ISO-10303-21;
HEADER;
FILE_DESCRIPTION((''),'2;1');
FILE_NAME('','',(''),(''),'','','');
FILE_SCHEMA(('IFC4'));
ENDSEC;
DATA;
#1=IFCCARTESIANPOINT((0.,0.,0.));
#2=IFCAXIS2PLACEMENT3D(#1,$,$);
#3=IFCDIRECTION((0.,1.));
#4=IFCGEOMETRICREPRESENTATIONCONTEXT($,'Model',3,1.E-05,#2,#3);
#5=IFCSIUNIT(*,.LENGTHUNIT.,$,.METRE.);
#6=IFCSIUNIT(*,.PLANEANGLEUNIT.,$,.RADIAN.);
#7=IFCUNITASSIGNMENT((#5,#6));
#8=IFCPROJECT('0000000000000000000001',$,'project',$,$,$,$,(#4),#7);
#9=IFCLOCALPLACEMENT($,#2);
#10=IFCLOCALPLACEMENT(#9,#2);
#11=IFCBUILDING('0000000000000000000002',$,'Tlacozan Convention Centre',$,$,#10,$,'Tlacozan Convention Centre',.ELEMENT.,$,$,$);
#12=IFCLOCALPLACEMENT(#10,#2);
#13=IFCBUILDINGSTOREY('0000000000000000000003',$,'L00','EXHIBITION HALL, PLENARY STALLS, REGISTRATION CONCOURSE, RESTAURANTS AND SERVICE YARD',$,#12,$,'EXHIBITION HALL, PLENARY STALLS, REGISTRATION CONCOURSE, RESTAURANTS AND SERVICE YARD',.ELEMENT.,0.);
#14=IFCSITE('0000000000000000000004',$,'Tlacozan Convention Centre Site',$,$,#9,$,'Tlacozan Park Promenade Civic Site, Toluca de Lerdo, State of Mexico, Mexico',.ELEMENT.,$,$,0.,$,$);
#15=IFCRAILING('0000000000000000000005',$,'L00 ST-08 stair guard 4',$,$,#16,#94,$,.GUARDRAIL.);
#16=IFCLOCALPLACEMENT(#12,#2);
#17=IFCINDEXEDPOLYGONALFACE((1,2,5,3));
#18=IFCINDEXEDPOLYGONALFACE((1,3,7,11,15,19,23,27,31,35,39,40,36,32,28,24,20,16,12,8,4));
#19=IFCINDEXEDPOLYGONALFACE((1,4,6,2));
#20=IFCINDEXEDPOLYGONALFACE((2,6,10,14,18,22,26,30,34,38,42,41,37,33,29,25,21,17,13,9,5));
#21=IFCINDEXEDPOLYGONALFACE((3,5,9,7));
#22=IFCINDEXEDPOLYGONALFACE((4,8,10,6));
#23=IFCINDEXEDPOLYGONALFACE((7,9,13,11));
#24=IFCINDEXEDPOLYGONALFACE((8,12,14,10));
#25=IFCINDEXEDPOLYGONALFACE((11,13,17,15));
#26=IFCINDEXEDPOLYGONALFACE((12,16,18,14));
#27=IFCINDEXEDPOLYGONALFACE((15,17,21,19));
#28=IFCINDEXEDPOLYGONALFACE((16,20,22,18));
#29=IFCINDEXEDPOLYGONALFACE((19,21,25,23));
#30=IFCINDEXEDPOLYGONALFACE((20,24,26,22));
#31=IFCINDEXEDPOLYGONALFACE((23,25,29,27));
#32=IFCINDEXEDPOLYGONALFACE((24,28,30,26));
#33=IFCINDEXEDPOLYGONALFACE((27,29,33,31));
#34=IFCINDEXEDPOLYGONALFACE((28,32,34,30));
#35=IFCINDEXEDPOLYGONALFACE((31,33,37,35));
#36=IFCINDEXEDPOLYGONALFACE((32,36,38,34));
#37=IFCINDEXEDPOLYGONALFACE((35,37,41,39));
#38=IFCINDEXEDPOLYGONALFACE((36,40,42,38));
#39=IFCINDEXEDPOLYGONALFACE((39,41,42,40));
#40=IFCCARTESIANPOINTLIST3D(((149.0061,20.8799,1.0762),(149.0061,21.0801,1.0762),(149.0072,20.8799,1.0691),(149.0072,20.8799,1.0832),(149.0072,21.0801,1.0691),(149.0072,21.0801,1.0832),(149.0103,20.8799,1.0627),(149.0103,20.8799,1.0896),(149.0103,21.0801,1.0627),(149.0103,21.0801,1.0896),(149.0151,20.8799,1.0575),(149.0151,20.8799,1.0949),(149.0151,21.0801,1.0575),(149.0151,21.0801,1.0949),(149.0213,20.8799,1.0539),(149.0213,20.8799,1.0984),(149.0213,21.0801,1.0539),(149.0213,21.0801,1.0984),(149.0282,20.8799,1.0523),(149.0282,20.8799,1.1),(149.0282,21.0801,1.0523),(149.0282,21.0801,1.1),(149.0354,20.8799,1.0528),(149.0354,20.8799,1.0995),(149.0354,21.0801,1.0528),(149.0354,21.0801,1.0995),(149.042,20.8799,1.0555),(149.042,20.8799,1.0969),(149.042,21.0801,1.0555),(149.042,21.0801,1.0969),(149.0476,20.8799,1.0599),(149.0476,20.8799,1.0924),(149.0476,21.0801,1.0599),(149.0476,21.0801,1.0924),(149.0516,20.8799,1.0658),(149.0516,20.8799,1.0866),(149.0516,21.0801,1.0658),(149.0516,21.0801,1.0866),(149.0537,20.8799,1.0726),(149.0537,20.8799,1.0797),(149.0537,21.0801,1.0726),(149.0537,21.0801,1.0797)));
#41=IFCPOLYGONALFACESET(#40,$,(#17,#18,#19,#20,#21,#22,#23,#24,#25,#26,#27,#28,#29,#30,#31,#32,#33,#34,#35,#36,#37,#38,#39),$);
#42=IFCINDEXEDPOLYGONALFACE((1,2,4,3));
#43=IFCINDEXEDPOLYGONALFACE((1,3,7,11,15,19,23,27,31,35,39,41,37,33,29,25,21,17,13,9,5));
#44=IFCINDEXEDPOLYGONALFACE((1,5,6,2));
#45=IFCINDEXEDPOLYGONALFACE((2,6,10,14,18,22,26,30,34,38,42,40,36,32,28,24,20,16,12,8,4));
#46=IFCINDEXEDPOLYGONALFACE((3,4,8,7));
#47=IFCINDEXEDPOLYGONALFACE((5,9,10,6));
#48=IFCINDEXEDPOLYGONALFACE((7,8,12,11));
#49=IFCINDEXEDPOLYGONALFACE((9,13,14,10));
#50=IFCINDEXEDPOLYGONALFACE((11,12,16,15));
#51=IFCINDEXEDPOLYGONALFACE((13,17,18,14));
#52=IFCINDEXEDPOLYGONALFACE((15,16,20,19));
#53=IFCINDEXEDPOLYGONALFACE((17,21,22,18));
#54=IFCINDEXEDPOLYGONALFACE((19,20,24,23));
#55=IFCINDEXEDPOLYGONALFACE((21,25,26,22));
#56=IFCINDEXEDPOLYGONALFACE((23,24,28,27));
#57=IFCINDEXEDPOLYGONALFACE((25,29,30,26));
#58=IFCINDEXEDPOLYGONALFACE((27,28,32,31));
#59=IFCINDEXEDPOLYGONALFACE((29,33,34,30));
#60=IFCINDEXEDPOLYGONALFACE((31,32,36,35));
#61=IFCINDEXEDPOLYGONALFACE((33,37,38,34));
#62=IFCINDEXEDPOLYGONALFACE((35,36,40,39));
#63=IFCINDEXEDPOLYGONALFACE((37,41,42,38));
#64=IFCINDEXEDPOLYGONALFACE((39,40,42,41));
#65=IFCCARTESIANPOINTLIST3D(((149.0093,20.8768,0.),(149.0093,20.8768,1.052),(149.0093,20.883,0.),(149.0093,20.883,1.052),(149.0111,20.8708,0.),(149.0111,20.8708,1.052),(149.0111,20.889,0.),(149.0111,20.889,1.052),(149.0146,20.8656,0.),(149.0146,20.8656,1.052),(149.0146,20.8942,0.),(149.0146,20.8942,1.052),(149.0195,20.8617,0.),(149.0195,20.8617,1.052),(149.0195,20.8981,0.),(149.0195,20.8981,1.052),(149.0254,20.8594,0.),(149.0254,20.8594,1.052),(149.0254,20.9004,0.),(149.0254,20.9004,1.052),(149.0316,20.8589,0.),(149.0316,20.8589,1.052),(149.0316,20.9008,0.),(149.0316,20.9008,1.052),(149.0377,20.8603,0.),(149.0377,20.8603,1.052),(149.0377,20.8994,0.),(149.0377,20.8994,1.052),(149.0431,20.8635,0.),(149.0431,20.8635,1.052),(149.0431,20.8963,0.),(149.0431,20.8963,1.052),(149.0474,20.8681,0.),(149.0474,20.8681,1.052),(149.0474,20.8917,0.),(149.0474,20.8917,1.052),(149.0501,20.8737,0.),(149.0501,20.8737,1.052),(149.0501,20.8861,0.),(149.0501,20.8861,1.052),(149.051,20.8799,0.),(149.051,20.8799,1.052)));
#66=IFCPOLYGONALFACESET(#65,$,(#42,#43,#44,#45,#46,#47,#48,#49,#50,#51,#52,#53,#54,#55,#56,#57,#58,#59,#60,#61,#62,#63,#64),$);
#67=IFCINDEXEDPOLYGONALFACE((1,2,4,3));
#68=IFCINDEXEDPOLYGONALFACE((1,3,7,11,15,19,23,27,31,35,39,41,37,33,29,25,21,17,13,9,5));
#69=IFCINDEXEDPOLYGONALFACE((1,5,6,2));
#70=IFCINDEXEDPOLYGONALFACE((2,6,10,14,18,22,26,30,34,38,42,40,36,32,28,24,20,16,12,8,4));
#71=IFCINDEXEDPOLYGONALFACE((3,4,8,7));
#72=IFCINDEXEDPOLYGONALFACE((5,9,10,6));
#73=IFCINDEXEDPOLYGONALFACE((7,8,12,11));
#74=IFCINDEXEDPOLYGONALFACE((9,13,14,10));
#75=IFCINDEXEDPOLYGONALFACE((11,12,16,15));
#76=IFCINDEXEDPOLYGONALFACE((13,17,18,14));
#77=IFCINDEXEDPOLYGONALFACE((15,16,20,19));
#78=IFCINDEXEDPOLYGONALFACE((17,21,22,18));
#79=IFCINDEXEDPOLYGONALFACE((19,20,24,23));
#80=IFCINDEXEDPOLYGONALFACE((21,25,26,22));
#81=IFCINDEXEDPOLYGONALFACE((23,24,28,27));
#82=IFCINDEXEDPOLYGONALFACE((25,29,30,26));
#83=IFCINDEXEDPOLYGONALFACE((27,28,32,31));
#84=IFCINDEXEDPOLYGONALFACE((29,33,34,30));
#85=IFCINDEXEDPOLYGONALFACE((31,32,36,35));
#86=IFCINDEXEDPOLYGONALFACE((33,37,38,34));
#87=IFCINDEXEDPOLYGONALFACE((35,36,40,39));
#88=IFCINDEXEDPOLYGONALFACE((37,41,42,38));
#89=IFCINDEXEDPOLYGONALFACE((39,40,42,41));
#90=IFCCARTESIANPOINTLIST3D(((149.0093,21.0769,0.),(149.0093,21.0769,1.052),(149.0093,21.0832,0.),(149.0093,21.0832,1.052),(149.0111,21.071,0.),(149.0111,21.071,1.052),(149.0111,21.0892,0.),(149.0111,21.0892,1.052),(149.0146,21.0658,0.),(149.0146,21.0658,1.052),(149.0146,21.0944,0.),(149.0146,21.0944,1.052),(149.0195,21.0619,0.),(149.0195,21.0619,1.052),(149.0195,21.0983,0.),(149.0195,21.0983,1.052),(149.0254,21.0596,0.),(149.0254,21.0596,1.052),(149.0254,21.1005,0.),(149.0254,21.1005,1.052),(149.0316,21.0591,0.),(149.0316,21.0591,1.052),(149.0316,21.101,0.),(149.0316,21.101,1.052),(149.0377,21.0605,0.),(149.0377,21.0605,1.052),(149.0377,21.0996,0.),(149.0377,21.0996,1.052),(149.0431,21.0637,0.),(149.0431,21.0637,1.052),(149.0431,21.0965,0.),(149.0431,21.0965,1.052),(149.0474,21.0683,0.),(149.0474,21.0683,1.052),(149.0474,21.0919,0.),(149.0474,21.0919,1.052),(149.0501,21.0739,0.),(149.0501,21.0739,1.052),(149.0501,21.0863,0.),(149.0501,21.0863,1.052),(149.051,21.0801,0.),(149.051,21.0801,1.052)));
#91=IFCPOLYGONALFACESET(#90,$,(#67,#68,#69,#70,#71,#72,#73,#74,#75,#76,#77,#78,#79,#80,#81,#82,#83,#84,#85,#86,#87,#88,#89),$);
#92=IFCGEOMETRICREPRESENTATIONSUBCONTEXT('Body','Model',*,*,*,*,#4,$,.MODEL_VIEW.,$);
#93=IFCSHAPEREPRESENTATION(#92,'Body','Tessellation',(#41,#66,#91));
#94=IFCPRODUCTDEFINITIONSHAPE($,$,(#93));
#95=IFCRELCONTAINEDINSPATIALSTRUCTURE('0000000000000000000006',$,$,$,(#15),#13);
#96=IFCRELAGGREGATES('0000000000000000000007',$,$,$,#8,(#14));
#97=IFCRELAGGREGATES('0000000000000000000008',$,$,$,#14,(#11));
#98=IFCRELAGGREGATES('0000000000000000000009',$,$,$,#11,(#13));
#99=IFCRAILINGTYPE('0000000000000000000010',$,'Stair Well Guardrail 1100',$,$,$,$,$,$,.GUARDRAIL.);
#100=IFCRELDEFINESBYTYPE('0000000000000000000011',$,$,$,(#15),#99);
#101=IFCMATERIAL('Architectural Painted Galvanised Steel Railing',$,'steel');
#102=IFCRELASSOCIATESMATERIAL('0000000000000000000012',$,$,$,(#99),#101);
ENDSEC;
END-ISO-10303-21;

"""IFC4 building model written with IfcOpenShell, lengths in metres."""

from ifc_helpers import new_model, si_unit, direction, frame, origin, origin_2d, place, context, subcontext, project, spatial, circle, extrude, material, type_object, element, save


model = new_model("IFC4")

# Units and contexts
model_context = context("Model", 3, precision=1e-05, world=origin(), true_north=direction((0.0, 1.0)))
body_context = subcontext(model_context, "Body", "Model", "MODEL_VIEW")
ifc_project = project(units=[si_unit("LENGTHUNIT", "METRE"), si_unit("PLANEANGLEUNIT", "RADIAN")], contexts=[model_context])

# Site, building, storey
site_placement = place(None, origin())
site = spatial("IfcSite", under=ifc_project, at=site_placement, Name="Tlacozan Convention Centre Site", LongName="Tlacozan Park Promenade Civic Site, Toluca de Lerdo, State of Mexico, Mexico", CompositionType="ELEMENT", RefElevation=0.0)
building_placement = place(site_placement, origin())
building = spatial("IfcBuilding", under=site, at=building_placement, Name="Tlacozan Convention Centre", LongName="Tlacozan Convention Centre", CompositionType="ELEMENT")
storey_placement = place(building_placement, origin())
storey = spatial("IfcBuildingStorey", under=building, at=storey_placement, Name="L00", Description="EXHIBITION HALL, PLENARY STALLS, REGISTRATION CONCOURSE, RESTAURANTS AND SERVICE YARD", LongName="EXHIBITION HALL, PLENARY STALLS, REGISTRATION CONCOURSE, RESTAURANTS AND SERVICE YARD", CompositionType="ELEMENT", Elevation=0.0)

# Railing
ifc_material_1 = material(Name="Architectural Painted Galvanised Steel Railing", Category="steel")
railing_type_1 = type_object("IfcRailingType", Name="Stair Well Guardrail 1100", PredefinedType="GUARDRAIL", material=ifc_material_1)
railing_1_placement = place(storey_placement, frame((149.03, 20.8799, 0.0)))
element("IfcRailing", 1, at=railing_1_placement, inside=storey, type_object=railing_type_1, Name="L00 ST-08 stair guard 4", PredefinedType="GUARDRAIL", context=body_context, shape_type="SweptSolid", body=[
    extrude(circle(Radius=0.0239, at=origin_2d()), frame((0.0, 0.0, 1.0762), z_axis=(0.0, 1.0, 0.0), x_axis=(-1.0, 0.0, 0.0)), (0.0, 0.0, 1.0), 0.2002),
    extrude(circle(Radius=0.021, at=origin_2d()), origin(), (0.0, 0.0, 1.0), 1.052),
    extrude(circle(Radius=0.021, at=origin_2d()), frame((0.0, 0.2002, 0.0)), (0.0, 0.0, 1.0), 1.052),
])

save(model, "model.ifc")
